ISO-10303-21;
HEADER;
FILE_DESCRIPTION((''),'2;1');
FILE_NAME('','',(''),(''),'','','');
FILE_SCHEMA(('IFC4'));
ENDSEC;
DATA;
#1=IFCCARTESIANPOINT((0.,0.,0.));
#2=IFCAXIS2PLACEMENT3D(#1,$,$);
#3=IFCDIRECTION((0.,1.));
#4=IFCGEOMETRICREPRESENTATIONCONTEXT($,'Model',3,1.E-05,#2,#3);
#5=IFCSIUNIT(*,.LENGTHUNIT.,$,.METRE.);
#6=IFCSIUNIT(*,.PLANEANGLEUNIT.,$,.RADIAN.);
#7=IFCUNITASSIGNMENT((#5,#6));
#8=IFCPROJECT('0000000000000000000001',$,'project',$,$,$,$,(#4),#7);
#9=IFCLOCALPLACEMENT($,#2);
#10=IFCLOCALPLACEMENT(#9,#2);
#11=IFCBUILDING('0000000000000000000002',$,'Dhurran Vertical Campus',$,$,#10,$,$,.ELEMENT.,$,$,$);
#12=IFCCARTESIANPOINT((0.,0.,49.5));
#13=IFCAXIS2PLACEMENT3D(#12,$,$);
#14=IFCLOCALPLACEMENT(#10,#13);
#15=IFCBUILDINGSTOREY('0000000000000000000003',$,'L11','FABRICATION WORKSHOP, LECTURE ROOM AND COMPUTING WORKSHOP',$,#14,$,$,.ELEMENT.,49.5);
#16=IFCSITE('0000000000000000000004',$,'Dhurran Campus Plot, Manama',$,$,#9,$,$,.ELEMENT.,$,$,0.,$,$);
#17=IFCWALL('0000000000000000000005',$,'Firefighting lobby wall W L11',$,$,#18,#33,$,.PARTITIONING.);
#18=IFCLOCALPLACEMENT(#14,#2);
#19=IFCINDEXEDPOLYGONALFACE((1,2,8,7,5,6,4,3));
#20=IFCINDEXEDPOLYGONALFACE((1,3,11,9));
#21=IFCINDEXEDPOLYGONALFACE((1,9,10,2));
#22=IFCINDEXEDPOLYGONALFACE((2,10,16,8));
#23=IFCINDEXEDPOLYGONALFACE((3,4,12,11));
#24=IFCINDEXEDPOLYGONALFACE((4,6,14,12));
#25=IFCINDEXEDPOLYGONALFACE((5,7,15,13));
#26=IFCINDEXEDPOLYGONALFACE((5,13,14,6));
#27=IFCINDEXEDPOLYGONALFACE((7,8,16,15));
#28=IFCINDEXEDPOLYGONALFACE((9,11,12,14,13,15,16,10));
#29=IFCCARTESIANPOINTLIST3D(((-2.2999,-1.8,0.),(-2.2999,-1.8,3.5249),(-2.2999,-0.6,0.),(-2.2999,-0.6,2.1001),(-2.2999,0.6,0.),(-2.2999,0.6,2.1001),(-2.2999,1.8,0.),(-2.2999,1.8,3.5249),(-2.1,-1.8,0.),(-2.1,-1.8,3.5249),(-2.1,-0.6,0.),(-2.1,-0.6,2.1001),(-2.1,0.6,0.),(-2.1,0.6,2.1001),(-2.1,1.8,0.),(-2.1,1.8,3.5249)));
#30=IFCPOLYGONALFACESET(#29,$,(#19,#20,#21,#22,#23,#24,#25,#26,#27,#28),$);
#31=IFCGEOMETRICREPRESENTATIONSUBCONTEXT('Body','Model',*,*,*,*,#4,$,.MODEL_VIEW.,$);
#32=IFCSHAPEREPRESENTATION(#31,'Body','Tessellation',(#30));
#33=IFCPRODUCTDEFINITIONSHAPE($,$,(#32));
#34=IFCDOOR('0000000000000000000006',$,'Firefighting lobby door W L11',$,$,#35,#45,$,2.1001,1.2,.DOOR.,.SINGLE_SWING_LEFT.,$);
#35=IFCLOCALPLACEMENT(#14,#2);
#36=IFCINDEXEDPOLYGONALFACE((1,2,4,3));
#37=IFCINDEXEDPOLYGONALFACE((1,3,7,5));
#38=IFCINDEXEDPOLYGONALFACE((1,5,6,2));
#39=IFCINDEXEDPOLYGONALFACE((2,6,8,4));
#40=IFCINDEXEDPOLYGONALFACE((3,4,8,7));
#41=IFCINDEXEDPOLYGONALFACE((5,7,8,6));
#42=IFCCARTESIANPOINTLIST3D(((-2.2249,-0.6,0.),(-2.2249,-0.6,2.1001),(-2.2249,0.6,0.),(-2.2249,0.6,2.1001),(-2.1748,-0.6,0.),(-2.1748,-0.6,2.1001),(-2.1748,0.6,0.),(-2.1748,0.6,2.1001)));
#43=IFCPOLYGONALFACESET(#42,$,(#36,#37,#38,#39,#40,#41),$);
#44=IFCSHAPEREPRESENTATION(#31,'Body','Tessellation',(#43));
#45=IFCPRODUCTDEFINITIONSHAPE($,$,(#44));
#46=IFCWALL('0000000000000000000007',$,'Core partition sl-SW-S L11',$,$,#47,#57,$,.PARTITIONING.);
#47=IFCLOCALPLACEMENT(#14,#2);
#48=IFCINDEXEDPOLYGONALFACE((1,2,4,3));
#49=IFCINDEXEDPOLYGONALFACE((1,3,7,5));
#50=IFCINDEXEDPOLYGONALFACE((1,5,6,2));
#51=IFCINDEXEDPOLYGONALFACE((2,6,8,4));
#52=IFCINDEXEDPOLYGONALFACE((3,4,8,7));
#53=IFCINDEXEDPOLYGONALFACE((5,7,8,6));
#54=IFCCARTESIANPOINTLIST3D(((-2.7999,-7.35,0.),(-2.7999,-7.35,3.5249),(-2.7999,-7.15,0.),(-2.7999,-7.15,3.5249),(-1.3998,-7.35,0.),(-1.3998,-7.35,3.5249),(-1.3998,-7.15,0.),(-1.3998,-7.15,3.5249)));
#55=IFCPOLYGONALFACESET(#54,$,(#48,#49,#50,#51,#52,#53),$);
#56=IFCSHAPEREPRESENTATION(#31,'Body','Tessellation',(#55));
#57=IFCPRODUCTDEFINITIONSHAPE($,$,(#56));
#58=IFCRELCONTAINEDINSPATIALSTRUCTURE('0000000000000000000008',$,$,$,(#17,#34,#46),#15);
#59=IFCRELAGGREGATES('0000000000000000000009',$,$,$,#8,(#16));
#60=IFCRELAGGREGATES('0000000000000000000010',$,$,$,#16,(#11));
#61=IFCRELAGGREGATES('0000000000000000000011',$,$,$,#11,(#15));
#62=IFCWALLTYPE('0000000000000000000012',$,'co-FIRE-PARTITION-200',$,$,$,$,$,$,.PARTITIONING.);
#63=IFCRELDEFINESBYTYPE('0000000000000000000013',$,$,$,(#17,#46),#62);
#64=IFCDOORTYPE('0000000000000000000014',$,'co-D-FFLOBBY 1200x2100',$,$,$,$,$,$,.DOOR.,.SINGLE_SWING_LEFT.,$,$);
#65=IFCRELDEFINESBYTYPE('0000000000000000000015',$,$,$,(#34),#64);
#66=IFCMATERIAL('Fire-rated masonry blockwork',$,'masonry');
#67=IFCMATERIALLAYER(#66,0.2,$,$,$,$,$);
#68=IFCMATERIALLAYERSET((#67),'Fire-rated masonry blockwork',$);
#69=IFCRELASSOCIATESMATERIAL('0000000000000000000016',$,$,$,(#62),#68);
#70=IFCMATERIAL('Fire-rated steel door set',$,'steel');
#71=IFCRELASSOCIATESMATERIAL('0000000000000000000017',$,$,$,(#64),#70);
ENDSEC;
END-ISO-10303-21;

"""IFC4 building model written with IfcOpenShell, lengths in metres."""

from ifc_helpers import new_model, si_unit, direction, frame, frame_2d, origin, place, context, subcontext, project, spatial, rectangle, extrude, material, layer, layer_set, type_object, element, fill, save


model = new_model("IFC4")

# Units and contexts
model_context = context("Model", 3, precision=1e-05, world=origin(), true_north=direction((0.0, 1.0)))
body_context = subcontext(model_context, "Body", "Model", "MODEL_VIEW")
ifc_project = project(units=[si_unit("LENGTHUNIT", "METRE"), si_unit("PLANEANGLEUNIT", "RADIAN")], contexts=[model_context])

# Site, building, storey
site_placement = place(None, origin())
site = spatial("IfcSite", under=ifc_project, at=site_placement, Name="Dhurran Campus Plot, Manama", CompositionType="ELEMENT", RefElevation=0.0)
building_placement = place(site_placement, origin())
building = spatial("IfcBuilding", under=site, at=building_placement, Name="Dhurran Vertical Campus", CompositionType="ELEMENT")
storey_placement = place(building_placement, frame((0.0, 0.0, 49.5)))
storey = spatial("IfcBuildingStorey", under=building, at=storey_placement, Name="L11", Description="FABRICATION WORKSHOP, LECTURE ROOM AND COMPUTING WORKSHOP", CompositionType="ELEMENT", Elevation=49.5)

# Wall, opening, door
ifc_material_1 = material(Name="Fire-rated masonry blockwork", Category="masonry")
ifc_layer_1 = layer(ifc_material_1, 0.2)
ifc_layer_set_1 = layer_set([ifc_layer_1], Name="Fire-rated masonry blockwork")
wall_type_1 = type_object("IfcWallType", Name="co-FIRE-PARTITION-200", PredefinedType="PARTITIONING", material=ifc_layer_set_1)
wall_1_placement = place(storey_placement, frame((-2.2, -1.8, 0.0), z_axis=(0.0, 0.0, 1.0), x_axis=(0.0, 1.0, 0.0)))
wall_1 = element("IfcWall", 1, at=wall_1_placement, inside=storey, type_object=wall_type_1, Name="Firefighting lobby wall W L11", PredefinedType="PARTITIONING", context=body_context, shape_type="SweptSolid", body=[
    extrude(rectangle(XDim=3.6001, YDim=0.2, at=frame_2d((1.8, 0.0))), origin(), (0.0, 0.0, 1.0), 3.5249),
])
opening_1_placement = place(wall_1_placement, frame((1.2, 0.0, 0.0)))
opening_1 = element("IfcOpeningElement", 2, at=opening_1_placement, cuts=wall_1, PredefinedType="OPENING", context=body_context, shape_type="SweptSolid", body=[
    extrude(rectangle(XDim=1.2, YDim=2.1001, at=frame_2d((0.6001, 1.05))), frame((0.0, 0.1099, 0.0), z_axis=(0.0, -1.0, 0.0), x_axis=(1.0, 0.0, 0.0)), (0.0, 0.0, 1.0), 0.22),
])
ifc_material_2 = material(Name="Fire-rated steel door set", Category="steel")
door_type_1 = type_object("IfcDoorType", Name="co-D-FFLOBBY 1200x2100", OperationType="SINGLE_SWING_LEFT", PredefinedType="DOOR", material=ifc_material_2)
door_1_placement = place(opening_1_placement, origin())
door_1 = element("IfcDoor", 3, at=door_1_placement, inside=storey, type_object=door_type_1, Name="Firefighting lobby door W L11", OperationType="SINGLE_SWING_LEFT", OverallHeight=2.1001, OverallWidth=1.2, PredefinedType="DOOR", context=body_context, shape_type="SweptSolid", body=[
    extrude(rectangle(XDim=1.2, YDim=2.1001, at=frame_2d((0.6001, 1.05))), frame((0.0, 0.0249, 0.0), z_axis=(0.0, -1.0, 0.0), x_axis=(1.0, 0.0, 0.0)), (0.0, 0.0, 1.0), 0.05),
])
fill(opening_1, door_1)

# Wall
wall_2_placement = place(storey_placement, frame((-2.8, -7.25, 0.0), z_axis=(0.0, 0.0, 1.0), x_axis=(1.0, 0.0, 0.0)))
element("IfcWall", 4, at=wall_2_placement, inside=storey, type_object=wall_type_1, Name="Core partition sl-SW-S L11", PredefinedType="PARTITIONING", context=body_context, shape_type="SweptSolid", body=[
    extrude(rectangle(XDim=1.4001, YDim=0.2, at=frame_2d((0.7002, 0.0))), origin(), (0.0, 0.0, 1.0), 3.5249),
])

save(model, "model.ifc")
